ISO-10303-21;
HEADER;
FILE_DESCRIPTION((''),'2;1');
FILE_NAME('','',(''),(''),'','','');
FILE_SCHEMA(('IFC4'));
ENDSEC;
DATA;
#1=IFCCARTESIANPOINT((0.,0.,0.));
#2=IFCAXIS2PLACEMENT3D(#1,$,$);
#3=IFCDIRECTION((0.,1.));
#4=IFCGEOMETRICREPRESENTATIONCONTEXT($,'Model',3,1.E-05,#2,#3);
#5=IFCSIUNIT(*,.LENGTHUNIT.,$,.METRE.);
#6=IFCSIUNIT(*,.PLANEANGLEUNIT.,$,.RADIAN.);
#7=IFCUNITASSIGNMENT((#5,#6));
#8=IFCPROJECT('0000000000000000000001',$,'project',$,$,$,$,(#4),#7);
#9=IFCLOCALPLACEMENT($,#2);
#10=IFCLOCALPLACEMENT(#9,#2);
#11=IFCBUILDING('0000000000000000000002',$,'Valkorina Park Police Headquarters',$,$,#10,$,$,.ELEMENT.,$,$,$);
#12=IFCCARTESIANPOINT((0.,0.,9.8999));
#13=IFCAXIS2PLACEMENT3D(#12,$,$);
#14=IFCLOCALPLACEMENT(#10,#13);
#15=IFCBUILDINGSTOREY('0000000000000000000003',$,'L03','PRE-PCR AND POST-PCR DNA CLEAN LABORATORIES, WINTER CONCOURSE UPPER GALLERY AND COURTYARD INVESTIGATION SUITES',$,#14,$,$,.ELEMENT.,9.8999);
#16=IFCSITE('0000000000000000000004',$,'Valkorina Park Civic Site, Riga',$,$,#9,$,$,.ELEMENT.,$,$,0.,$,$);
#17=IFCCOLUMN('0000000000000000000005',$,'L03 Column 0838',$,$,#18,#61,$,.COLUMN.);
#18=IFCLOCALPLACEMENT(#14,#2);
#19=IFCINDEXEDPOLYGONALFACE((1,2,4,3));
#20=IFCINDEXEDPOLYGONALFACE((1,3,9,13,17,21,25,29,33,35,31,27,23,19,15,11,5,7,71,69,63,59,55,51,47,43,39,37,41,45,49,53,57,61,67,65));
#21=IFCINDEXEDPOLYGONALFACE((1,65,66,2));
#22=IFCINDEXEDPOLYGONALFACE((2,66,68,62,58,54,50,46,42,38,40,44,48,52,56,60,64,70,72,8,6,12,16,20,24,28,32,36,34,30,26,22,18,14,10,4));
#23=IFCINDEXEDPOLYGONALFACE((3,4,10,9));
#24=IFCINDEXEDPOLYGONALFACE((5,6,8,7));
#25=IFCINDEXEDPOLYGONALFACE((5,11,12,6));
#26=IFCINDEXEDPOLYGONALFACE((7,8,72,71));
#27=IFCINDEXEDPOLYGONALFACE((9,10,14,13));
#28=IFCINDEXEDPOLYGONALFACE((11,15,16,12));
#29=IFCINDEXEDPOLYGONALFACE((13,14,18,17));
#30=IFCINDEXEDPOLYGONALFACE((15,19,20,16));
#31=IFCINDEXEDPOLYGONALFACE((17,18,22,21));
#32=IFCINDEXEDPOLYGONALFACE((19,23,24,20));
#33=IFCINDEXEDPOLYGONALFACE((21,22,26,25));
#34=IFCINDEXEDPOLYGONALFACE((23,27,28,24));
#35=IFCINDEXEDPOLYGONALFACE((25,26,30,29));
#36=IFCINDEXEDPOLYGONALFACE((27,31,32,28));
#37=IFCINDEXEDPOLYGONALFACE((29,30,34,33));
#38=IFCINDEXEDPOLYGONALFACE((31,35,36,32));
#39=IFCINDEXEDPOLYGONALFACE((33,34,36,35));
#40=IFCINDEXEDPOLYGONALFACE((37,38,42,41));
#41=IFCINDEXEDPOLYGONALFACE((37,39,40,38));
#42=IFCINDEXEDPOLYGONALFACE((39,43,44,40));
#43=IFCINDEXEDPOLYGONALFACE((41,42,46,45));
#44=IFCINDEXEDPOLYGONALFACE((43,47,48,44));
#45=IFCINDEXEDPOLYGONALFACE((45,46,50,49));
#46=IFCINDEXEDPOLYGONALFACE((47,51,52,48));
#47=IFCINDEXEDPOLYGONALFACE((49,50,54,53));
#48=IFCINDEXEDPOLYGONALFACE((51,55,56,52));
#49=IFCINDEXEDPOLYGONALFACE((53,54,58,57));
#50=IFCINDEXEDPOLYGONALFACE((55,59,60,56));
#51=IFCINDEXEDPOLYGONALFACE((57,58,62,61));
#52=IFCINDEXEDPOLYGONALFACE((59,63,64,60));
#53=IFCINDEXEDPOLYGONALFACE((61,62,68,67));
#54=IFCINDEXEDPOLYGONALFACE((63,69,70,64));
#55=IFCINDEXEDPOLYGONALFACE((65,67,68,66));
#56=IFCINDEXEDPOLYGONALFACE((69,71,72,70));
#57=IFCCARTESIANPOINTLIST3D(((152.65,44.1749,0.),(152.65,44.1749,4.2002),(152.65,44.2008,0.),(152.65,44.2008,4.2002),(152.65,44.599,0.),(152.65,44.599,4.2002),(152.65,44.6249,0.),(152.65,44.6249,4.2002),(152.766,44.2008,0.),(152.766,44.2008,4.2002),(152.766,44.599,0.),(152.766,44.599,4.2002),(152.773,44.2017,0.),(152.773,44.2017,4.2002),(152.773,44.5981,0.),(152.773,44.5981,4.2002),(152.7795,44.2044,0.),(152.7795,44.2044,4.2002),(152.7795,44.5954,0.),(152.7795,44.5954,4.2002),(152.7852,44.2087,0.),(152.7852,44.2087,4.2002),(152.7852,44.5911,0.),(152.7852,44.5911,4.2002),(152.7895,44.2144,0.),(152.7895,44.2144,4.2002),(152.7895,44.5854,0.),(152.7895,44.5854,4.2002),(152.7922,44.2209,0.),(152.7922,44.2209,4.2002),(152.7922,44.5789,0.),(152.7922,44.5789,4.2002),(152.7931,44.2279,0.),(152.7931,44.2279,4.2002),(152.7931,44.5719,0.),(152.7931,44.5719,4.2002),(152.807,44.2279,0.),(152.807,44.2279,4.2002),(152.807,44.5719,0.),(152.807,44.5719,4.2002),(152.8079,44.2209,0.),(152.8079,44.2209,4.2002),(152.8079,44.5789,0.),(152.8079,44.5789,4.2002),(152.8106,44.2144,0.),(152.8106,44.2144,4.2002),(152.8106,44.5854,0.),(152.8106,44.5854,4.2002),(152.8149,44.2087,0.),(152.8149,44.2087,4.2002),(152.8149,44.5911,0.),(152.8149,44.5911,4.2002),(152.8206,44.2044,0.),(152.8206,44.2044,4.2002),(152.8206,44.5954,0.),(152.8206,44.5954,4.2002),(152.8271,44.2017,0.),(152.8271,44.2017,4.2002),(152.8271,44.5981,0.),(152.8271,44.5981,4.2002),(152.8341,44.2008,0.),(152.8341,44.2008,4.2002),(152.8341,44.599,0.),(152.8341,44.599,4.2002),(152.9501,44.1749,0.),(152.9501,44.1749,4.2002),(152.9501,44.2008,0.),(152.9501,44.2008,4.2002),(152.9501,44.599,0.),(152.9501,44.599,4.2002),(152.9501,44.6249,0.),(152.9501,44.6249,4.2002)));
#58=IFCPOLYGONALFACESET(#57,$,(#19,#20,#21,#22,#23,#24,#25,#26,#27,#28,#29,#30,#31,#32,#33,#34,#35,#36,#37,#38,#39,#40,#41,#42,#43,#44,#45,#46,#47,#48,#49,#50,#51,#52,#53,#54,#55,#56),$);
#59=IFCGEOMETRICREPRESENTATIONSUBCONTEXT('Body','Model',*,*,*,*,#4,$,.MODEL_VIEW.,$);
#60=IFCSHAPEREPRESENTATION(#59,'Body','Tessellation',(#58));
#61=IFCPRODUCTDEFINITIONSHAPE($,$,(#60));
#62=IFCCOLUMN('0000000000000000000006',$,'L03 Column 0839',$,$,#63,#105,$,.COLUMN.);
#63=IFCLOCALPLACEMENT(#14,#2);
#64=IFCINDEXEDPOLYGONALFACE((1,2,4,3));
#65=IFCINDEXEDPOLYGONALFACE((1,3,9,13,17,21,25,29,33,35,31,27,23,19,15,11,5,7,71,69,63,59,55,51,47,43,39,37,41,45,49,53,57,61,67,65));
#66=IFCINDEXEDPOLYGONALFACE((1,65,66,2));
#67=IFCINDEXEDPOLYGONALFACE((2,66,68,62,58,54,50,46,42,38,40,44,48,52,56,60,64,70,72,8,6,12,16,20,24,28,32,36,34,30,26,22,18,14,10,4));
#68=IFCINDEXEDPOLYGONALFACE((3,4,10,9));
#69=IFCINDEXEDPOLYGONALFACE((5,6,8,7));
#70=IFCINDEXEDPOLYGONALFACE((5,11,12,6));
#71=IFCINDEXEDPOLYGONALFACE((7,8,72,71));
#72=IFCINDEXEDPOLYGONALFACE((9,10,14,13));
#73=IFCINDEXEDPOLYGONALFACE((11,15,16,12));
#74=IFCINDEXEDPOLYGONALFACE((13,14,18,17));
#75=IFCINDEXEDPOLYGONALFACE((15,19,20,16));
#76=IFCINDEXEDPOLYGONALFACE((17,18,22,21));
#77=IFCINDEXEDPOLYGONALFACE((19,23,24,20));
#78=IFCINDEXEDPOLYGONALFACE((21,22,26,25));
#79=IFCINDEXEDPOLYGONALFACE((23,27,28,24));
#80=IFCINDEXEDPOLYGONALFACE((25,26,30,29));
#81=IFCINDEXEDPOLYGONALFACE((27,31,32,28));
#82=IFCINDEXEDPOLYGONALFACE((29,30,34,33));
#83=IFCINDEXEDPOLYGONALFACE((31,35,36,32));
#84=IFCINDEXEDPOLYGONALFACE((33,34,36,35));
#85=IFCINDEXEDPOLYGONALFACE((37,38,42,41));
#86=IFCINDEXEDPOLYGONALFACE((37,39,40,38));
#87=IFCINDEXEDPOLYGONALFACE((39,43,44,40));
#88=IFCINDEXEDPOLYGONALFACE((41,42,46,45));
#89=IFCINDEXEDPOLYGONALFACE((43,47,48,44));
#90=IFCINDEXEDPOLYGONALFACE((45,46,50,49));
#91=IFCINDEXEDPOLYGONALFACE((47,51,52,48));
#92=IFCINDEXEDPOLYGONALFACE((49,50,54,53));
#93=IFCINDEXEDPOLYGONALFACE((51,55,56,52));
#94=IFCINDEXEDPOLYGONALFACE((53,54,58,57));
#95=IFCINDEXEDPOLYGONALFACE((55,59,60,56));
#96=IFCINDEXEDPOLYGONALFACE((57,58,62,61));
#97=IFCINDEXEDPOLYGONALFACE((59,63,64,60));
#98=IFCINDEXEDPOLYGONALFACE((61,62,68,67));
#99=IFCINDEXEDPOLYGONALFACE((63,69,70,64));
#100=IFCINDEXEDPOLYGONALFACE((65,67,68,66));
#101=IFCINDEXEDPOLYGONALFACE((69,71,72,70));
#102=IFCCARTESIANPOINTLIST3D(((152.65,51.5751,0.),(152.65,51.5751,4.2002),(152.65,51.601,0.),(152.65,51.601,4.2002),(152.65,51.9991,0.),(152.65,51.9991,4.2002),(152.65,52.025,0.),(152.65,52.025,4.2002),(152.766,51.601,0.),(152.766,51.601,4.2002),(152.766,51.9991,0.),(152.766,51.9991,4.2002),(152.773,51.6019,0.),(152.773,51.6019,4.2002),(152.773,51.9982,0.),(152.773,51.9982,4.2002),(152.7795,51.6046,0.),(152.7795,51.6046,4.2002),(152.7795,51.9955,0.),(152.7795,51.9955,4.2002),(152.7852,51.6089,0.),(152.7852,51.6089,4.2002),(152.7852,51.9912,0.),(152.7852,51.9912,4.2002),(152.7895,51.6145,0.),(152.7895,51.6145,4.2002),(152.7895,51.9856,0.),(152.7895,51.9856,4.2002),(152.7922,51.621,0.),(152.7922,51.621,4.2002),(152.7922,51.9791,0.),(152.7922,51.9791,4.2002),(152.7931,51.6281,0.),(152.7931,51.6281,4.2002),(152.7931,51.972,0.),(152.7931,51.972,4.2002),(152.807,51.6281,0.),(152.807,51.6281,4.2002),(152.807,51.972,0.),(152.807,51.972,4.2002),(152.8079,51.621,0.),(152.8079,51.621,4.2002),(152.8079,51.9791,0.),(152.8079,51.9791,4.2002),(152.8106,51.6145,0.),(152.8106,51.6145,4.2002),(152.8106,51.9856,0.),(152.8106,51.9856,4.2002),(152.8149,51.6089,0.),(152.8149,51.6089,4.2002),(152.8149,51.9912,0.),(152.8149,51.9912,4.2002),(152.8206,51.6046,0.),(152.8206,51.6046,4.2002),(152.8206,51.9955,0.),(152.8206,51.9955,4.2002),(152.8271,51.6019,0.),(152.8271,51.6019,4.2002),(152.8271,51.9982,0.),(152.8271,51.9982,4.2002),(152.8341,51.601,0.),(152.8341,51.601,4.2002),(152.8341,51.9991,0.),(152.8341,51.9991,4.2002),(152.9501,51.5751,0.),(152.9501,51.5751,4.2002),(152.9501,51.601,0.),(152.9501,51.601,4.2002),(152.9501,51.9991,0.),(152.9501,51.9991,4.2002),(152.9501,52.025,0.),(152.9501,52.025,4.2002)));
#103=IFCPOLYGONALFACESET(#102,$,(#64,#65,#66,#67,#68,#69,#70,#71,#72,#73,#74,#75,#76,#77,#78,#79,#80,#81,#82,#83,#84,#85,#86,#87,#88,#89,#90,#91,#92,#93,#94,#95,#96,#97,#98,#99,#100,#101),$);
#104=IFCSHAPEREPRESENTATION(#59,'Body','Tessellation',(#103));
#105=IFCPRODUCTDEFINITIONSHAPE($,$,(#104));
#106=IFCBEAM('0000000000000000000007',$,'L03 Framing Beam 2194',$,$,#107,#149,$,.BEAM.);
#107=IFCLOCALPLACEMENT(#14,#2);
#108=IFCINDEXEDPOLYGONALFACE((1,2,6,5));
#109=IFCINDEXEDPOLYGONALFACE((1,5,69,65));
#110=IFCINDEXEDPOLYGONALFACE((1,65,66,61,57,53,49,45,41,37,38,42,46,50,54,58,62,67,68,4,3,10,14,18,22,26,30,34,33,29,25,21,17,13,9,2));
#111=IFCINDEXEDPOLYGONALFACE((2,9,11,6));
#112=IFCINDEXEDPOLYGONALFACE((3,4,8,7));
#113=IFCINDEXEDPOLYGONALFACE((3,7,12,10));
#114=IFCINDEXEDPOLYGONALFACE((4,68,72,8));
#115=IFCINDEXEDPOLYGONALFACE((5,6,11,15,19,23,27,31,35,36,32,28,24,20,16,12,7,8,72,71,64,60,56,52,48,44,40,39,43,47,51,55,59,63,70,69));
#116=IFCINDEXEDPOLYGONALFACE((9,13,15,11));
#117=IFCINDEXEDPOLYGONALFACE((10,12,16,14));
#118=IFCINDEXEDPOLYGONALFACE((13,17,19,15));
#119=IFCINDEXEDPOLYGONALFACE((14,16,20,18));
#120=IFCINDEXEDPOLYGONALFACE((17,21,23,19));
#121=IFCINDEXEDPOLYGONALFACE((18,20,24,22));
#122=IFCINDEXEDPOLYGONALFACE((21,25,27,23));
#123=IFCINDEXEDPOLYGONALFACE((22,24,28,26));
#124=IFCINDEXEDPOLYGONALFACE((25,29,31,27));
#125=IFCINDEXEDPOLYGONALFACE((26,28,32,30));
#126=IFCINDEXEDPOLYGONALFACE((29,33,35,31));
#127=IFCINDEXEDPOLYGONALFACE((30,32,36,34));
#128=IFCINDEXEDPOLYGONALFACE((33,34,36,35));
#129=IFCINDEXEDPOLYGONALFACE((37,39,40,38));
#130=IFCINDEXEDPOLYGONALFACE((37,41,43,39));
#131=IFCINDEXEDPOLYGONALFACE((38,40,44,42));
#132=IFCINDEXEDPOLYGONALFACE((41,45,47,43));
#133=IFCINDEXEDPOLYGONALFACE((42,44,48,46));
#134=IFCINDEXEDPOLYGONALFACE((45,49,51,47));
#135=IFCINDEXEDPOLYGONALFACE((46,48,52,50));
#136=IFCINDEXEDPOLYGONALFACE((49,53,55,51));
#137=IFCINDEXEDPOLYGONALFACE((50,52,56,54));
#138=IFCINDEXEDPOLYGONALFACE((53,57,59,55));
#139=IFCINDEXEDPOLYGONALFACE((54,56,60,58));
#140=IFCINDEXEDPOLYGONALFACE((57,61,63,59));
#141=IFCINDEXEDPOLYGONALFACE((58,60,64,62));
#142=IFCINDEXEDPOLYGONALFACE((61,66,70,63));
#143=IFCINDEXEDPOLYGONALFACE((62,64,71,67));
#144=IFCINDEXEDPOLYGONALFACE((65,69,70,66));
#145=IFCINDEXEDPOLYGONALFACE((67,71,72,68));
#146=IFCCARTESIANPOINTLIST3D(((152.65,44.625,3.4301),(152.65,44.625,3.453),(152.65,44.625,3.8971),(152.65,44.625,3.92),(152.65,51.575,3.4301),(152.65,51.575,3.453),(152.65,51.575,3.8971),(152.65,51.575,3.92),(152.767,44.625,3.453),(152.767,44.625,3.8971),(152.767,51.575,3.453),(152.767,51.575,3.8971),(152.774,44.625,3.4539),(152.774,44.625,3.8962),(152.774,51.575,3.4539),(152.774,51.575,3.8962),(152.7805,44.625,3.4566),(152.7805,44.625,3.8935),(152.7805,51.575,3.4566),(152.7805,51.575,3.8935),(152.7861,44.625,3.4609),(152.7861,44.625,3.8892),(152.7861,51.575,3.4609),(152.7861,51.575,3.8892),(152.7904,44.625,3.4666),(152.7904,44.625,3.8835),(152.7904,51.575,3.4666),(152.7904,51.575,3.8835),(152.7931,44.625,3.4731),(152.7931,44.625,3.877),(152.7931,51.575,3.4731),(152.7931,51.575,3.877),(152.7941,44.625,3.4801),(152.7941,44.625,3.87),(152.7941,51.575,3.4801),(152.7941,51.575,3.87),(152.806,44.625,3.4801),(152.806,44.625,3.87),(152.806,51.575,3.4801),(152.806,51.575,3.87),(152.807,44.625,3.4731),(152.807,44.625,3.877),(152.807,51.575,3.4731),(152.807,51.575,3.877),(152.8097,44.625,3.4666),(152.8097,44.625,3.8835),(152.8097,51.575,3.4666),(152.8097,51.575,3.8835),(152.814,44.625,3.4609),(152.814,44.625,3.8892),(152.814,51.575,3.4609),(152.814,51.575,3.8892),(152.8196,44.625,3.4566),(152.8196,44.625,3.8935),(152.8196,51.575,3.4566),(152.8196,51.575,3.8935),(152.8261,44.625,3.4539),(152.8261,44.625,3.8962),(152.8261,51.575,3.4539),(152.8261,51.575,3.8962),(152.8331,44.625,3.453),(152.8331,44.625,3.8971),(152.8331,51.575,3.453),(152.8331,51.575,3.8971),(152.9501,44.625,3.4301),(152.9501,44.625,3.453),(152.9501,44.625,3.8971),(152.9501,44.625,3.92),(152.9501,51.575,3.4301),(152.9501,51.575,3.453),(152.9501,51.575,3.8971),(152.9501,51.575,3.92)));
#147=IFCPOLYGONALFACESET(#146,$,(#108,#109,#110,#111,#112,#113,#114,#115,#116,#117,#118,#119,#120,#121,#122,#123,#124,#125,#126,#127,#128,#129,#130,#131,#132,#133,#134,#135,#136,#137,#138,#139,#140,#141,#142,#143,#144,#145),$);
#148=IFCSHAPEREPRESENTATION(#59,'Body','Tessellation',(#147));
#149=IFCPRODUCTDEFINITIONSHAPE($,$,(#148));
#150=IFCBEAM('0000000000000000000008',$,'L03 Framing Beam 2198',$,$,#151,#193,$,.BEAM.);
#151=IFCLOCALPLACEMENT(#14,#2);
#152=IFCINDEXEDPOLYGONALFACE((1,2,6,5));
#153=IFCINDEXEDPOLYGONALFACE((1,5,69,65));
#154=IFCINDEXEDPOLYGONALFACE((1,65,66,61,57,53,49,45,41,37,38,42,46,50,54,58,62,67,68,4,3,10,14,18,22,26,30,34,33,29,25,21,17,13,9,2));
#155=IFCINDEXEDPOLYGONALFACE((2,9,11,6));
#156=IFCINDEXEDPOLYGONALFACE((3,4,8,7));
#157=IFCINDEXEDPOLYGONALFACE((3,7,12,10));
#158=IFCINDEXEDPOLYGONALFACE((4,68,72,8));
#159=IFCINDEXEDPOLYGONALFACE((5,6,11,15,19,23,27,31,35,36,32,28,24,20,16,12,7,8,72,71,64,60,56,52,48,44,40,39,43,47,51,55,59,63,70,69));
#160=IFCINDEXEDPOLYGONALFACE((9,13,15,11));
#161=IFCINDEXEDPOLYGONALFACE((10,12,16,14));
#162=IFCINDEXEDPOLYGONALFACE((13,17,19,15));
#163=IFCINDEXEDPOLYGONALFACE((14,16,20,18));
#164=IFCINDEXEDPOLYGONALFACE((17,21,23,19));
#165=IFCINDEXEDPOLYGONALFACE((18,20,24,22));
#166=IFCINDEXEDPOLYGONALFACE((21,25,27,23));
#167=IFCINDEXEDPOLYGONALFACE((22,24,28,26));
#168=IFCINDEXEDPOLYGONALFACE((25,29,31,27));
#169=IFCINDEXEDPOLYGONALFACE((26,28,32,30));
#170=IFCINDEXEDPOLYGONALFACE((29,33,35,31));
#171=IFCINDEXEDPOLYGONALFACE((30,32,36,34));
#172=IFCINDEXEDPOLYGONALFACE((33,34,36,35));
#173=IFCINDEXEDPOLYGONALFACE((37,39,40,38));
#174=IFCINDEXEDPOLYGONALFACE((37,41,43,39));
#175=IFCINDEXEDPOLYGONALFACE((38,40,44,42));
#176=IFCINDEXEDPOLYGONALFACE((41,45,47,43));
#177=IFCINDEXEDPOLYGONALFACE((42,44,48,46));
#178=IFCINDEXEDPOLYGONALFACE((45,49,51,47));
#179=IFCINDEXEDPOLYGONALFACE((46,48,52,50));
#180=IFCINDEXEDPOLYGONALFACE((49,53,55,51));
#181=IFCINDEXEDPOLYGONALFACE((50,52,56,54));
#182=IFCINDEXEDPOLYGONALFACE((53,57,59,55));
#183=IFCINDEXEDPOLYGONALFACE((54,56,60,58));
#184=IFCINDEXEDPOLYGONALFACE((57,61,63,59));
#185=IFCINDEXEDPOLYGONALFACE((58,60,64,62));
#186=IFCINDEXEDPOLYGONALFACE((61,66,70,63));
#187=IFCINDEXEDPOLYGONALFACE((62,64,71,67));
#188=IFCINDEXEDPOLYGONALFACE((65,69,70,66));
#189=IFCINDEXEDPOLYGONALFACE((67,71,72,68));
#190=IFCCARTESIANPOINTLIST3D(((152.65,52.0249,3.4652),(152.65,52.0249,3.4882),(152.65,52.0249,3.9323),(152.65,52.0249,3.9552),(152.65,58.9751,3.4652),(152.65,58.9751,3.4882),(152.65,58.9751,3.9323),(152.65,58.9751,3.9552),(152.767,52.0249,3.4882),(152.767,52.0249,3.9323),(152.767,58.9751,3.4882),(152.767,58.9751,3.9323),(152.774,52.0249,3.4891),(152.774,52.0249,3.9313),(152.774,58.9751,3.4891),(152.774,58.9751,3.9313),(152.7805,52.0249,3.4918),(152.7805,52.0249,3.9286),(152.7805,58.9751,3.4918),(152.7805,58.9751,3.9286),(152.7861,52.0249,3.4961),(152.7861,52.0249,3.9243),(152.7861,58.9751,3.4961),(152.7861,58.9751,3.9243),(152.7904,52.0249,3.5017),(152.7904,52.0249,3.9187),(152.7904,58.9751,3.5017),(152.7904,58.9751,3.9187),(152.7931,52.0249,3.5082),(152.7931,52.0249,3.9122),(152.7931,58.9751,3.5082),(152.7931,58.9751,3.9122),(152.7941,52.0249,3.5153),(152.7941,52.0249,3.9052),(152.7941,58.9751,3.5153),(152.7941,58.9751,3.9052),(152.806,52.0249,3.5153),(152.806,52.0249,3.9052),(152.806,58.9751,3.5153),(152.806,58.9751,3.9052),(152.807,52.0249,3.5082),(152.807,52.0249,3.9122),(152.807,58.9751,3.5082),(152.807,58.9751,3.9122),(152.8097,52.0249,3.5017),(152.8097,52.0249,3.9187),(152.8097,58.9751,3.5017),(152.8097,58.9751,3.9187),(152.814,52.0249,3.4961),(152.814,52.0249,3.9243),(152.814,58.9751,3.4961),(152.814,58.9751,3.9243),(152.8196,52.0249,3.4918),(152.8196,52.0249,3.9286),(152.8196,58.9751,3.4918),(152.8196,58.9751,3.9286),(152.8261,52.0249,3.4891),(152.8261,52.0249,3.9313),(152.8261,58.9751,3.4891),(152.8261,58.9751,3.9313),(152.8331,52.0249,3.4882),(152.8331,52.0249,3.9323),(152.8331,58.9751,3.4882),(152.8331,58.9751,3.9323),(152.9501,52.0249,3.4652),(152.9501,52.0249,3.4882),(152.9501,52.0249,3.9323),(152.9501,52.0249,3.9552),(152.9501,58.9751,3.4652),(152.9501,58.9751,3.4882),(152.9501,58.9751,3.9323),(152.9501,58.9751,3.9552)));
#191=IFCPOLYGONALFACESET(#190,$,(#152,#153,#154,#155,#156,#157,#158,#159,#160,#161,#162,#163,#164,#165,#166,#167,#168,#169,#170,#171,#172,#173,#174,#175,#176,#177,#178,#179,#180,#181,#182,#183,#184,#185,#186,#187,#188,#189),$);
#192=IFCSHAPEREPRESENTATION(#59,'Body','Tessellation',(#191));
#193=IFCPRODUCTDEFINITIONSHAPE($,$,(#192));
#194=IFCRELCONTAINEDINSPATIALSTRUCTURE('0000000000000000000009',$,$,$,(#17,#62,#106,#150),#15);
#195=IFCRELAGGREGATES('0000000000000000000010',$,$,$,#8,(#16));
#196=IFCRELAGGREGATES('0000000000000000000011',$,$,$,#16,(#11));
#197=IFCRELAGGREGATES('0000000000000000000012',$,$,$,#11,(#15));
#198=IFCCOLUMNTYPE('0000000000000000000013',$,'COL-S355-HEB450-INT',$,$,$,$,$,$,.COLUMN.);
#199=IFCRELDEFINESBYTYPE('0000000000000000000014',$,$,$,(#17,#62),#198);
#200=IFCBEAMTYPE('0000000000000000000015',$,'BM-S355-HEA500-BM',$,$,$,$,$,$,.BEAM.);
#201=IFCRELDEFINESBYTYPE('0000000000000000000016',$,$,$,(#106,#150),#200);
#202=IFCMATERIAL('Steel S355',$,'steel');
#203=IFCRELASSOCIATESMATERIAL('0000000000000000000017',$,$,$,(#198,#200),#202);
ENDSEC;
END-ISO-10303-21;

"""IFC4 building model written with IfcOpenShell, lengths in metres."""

from ifc_helpers import new_model, si_unit, direction, frame, origin, origin_2d, place, context, subcontext, project, spatial, i_section, extrude, material, material_profile, profile_set, type_object, element, save


model = new_model("IFC4")

# Units and contexts
model_context = context("Model", 3, precision=1e-05, world=origin(), true_north=direction((0.0, 1.0)))
body_context = subcontext(model_context, "Body", "Model", "MODEL_VIEW")
ifc_project = project(units=[si_unit("LENGTHUNIT", "METRE"), si_unit("PLANEANGLEUNIT", "RADIAN")], contexts=[model_context])

# Site, building, storey
site_placement = place(None, origin())
site = spatial("IfcSite", under=ifc_project, at=site_placement, Name="Valkorina Park Civic Site, Riga", CompositionType="ELEMENT", RefElevation=0.0)
building_placement = place(site_placement, origin())
building = spatial("IfcBuilding", under=site, at=building_placement, Name="Valkorina Park Police Headquarters", CompositionType="ELEMENT")
storey_placement = place(building_placement, frame((0.0, 0.0, 9.8999)))
storey = spatial("IfcBuildingStorey", under=building, at=storey_placement, Name="L03", Description="PRE-PCR AND POST-PCR DNA CLEAN LABORATORIES, WINTER CONCOURSE UPPER GALLERY AND COURTYARD INVESTIGATION SUITES", CompositionType="ELEMENT", Elevation=9.8999)

# Columns
ifc_material_1 = material(Name="Steel S355", Category="steel")
ifc_material_profile_1 = material_profile(ifc_material_1, i_section(OverallWidth=0.3, OverallDepth=0.45, WebThickness=0.0139, FlangeThickness=0.0259, FilletRadius=0.0271, at=origin_2d()), Name="HEB 450")
ifc_profile_set_1 = profile_set([ifc_material_profile_1], Name="Steel S355")
column_type = type_object("IfcColumnType", Name="COL-S355-HEB450-INT", PredefinedType="COLUMN", material=ifc_profile_set_1)
for number, where, z_axis, x_axis, name in (
    (1, (152.8, 44.3999, 0.0), (0.0, 0.0, 1.0), (1.0, 0.0, 0.0), "L03 Column 0838"),
    (2, (152.8, 51.8, 0.0), (0.0, 0.0, 1.0), (1.0, 0.0, 0.0), "L03 Column 0839"),
):
    element("IfcColumn", number, at=place(storey_placement, frame(where, z_axis=z_axis, x_axis=x_axis)), inside=storey, type_object=column_type, Name=name, PredefinedType="COLUMN", context=body_context, shape_type="SweptSolid", body=[
        extrude(i_section(OverallWidth=0.3, OverallDepth=0.45, WebThickness=0.0139, FlangeThickness=0.0259, FilletRadius=0.0271, at=origin_2d()), origin(), (0.0, 0.0, 1.0), 4.2002),
    ])

# Beams
ifc_material_profile_2 = material_profile(ifc_material_1, i_section(OverallWidth=0.3, OverallDepth=0.49, WebThickness=0.012, FlangeThickness=0.0229, FilletRadius=0.0271, at=origin_2d()), Name="HEA 500")
ifc_profile_set_2 = profile_set([ifc_material_profile_2], Name="Steel S355")
beam_type_1 = type_object("IfcBeamType", Name="BM-S355-HEA500-BM", PredefinedType="BEAM", material=ifc_profile_set_2)
beam_1_placement = place(storey_placement, frame((152.8, 44.625, 3.675), z_axis=(0.0, 1.0, 0.0), x_axis=(-1.0, 0.0, 0.0)))
element("IfcBeam", 3, at=beam_1_placement, inside=storey, type_object=beam_type_1, Name="L03 Framing Beam 2194", PredefinedType="BEAM", context=body_context, shape_type="SweptSolid", body=[
    extrude(i_section(OverallWidth=0.3, OverallDepth=0.49, WebThickness=0.012, FlangeThickness=0.0229, FilletRadius=0.0271, at=origin_2d()), origin(), (0.0, 0.0, 1.0), 6.95),
])
beam_2_placement = place(storey_placement, frame((152.8, 52.0249, 3.7102), z_axis=(0.0, 1.0, 0.0), x_axis=(-1.0, 0.0, 0.0)))
element("IfcBeam", 4, at=beam_2_placement, inside=storey, type_object=beam_type_1, Name="L03 Framing Beam 2198", PredefinedType="BEAM", context=body_context, shape_type="SweptSolid", body=[
    extrude(i_section(OverallWidth=0.3, OverallDepth=0.49, WebThickness=0.012, FlangeThickness=0.0229, FilletRadius=0.0271, at=origin_2d()), origin(), (0.0, 0.0, 1.0), 6.9502),
])

save(model, "model.ifc")
